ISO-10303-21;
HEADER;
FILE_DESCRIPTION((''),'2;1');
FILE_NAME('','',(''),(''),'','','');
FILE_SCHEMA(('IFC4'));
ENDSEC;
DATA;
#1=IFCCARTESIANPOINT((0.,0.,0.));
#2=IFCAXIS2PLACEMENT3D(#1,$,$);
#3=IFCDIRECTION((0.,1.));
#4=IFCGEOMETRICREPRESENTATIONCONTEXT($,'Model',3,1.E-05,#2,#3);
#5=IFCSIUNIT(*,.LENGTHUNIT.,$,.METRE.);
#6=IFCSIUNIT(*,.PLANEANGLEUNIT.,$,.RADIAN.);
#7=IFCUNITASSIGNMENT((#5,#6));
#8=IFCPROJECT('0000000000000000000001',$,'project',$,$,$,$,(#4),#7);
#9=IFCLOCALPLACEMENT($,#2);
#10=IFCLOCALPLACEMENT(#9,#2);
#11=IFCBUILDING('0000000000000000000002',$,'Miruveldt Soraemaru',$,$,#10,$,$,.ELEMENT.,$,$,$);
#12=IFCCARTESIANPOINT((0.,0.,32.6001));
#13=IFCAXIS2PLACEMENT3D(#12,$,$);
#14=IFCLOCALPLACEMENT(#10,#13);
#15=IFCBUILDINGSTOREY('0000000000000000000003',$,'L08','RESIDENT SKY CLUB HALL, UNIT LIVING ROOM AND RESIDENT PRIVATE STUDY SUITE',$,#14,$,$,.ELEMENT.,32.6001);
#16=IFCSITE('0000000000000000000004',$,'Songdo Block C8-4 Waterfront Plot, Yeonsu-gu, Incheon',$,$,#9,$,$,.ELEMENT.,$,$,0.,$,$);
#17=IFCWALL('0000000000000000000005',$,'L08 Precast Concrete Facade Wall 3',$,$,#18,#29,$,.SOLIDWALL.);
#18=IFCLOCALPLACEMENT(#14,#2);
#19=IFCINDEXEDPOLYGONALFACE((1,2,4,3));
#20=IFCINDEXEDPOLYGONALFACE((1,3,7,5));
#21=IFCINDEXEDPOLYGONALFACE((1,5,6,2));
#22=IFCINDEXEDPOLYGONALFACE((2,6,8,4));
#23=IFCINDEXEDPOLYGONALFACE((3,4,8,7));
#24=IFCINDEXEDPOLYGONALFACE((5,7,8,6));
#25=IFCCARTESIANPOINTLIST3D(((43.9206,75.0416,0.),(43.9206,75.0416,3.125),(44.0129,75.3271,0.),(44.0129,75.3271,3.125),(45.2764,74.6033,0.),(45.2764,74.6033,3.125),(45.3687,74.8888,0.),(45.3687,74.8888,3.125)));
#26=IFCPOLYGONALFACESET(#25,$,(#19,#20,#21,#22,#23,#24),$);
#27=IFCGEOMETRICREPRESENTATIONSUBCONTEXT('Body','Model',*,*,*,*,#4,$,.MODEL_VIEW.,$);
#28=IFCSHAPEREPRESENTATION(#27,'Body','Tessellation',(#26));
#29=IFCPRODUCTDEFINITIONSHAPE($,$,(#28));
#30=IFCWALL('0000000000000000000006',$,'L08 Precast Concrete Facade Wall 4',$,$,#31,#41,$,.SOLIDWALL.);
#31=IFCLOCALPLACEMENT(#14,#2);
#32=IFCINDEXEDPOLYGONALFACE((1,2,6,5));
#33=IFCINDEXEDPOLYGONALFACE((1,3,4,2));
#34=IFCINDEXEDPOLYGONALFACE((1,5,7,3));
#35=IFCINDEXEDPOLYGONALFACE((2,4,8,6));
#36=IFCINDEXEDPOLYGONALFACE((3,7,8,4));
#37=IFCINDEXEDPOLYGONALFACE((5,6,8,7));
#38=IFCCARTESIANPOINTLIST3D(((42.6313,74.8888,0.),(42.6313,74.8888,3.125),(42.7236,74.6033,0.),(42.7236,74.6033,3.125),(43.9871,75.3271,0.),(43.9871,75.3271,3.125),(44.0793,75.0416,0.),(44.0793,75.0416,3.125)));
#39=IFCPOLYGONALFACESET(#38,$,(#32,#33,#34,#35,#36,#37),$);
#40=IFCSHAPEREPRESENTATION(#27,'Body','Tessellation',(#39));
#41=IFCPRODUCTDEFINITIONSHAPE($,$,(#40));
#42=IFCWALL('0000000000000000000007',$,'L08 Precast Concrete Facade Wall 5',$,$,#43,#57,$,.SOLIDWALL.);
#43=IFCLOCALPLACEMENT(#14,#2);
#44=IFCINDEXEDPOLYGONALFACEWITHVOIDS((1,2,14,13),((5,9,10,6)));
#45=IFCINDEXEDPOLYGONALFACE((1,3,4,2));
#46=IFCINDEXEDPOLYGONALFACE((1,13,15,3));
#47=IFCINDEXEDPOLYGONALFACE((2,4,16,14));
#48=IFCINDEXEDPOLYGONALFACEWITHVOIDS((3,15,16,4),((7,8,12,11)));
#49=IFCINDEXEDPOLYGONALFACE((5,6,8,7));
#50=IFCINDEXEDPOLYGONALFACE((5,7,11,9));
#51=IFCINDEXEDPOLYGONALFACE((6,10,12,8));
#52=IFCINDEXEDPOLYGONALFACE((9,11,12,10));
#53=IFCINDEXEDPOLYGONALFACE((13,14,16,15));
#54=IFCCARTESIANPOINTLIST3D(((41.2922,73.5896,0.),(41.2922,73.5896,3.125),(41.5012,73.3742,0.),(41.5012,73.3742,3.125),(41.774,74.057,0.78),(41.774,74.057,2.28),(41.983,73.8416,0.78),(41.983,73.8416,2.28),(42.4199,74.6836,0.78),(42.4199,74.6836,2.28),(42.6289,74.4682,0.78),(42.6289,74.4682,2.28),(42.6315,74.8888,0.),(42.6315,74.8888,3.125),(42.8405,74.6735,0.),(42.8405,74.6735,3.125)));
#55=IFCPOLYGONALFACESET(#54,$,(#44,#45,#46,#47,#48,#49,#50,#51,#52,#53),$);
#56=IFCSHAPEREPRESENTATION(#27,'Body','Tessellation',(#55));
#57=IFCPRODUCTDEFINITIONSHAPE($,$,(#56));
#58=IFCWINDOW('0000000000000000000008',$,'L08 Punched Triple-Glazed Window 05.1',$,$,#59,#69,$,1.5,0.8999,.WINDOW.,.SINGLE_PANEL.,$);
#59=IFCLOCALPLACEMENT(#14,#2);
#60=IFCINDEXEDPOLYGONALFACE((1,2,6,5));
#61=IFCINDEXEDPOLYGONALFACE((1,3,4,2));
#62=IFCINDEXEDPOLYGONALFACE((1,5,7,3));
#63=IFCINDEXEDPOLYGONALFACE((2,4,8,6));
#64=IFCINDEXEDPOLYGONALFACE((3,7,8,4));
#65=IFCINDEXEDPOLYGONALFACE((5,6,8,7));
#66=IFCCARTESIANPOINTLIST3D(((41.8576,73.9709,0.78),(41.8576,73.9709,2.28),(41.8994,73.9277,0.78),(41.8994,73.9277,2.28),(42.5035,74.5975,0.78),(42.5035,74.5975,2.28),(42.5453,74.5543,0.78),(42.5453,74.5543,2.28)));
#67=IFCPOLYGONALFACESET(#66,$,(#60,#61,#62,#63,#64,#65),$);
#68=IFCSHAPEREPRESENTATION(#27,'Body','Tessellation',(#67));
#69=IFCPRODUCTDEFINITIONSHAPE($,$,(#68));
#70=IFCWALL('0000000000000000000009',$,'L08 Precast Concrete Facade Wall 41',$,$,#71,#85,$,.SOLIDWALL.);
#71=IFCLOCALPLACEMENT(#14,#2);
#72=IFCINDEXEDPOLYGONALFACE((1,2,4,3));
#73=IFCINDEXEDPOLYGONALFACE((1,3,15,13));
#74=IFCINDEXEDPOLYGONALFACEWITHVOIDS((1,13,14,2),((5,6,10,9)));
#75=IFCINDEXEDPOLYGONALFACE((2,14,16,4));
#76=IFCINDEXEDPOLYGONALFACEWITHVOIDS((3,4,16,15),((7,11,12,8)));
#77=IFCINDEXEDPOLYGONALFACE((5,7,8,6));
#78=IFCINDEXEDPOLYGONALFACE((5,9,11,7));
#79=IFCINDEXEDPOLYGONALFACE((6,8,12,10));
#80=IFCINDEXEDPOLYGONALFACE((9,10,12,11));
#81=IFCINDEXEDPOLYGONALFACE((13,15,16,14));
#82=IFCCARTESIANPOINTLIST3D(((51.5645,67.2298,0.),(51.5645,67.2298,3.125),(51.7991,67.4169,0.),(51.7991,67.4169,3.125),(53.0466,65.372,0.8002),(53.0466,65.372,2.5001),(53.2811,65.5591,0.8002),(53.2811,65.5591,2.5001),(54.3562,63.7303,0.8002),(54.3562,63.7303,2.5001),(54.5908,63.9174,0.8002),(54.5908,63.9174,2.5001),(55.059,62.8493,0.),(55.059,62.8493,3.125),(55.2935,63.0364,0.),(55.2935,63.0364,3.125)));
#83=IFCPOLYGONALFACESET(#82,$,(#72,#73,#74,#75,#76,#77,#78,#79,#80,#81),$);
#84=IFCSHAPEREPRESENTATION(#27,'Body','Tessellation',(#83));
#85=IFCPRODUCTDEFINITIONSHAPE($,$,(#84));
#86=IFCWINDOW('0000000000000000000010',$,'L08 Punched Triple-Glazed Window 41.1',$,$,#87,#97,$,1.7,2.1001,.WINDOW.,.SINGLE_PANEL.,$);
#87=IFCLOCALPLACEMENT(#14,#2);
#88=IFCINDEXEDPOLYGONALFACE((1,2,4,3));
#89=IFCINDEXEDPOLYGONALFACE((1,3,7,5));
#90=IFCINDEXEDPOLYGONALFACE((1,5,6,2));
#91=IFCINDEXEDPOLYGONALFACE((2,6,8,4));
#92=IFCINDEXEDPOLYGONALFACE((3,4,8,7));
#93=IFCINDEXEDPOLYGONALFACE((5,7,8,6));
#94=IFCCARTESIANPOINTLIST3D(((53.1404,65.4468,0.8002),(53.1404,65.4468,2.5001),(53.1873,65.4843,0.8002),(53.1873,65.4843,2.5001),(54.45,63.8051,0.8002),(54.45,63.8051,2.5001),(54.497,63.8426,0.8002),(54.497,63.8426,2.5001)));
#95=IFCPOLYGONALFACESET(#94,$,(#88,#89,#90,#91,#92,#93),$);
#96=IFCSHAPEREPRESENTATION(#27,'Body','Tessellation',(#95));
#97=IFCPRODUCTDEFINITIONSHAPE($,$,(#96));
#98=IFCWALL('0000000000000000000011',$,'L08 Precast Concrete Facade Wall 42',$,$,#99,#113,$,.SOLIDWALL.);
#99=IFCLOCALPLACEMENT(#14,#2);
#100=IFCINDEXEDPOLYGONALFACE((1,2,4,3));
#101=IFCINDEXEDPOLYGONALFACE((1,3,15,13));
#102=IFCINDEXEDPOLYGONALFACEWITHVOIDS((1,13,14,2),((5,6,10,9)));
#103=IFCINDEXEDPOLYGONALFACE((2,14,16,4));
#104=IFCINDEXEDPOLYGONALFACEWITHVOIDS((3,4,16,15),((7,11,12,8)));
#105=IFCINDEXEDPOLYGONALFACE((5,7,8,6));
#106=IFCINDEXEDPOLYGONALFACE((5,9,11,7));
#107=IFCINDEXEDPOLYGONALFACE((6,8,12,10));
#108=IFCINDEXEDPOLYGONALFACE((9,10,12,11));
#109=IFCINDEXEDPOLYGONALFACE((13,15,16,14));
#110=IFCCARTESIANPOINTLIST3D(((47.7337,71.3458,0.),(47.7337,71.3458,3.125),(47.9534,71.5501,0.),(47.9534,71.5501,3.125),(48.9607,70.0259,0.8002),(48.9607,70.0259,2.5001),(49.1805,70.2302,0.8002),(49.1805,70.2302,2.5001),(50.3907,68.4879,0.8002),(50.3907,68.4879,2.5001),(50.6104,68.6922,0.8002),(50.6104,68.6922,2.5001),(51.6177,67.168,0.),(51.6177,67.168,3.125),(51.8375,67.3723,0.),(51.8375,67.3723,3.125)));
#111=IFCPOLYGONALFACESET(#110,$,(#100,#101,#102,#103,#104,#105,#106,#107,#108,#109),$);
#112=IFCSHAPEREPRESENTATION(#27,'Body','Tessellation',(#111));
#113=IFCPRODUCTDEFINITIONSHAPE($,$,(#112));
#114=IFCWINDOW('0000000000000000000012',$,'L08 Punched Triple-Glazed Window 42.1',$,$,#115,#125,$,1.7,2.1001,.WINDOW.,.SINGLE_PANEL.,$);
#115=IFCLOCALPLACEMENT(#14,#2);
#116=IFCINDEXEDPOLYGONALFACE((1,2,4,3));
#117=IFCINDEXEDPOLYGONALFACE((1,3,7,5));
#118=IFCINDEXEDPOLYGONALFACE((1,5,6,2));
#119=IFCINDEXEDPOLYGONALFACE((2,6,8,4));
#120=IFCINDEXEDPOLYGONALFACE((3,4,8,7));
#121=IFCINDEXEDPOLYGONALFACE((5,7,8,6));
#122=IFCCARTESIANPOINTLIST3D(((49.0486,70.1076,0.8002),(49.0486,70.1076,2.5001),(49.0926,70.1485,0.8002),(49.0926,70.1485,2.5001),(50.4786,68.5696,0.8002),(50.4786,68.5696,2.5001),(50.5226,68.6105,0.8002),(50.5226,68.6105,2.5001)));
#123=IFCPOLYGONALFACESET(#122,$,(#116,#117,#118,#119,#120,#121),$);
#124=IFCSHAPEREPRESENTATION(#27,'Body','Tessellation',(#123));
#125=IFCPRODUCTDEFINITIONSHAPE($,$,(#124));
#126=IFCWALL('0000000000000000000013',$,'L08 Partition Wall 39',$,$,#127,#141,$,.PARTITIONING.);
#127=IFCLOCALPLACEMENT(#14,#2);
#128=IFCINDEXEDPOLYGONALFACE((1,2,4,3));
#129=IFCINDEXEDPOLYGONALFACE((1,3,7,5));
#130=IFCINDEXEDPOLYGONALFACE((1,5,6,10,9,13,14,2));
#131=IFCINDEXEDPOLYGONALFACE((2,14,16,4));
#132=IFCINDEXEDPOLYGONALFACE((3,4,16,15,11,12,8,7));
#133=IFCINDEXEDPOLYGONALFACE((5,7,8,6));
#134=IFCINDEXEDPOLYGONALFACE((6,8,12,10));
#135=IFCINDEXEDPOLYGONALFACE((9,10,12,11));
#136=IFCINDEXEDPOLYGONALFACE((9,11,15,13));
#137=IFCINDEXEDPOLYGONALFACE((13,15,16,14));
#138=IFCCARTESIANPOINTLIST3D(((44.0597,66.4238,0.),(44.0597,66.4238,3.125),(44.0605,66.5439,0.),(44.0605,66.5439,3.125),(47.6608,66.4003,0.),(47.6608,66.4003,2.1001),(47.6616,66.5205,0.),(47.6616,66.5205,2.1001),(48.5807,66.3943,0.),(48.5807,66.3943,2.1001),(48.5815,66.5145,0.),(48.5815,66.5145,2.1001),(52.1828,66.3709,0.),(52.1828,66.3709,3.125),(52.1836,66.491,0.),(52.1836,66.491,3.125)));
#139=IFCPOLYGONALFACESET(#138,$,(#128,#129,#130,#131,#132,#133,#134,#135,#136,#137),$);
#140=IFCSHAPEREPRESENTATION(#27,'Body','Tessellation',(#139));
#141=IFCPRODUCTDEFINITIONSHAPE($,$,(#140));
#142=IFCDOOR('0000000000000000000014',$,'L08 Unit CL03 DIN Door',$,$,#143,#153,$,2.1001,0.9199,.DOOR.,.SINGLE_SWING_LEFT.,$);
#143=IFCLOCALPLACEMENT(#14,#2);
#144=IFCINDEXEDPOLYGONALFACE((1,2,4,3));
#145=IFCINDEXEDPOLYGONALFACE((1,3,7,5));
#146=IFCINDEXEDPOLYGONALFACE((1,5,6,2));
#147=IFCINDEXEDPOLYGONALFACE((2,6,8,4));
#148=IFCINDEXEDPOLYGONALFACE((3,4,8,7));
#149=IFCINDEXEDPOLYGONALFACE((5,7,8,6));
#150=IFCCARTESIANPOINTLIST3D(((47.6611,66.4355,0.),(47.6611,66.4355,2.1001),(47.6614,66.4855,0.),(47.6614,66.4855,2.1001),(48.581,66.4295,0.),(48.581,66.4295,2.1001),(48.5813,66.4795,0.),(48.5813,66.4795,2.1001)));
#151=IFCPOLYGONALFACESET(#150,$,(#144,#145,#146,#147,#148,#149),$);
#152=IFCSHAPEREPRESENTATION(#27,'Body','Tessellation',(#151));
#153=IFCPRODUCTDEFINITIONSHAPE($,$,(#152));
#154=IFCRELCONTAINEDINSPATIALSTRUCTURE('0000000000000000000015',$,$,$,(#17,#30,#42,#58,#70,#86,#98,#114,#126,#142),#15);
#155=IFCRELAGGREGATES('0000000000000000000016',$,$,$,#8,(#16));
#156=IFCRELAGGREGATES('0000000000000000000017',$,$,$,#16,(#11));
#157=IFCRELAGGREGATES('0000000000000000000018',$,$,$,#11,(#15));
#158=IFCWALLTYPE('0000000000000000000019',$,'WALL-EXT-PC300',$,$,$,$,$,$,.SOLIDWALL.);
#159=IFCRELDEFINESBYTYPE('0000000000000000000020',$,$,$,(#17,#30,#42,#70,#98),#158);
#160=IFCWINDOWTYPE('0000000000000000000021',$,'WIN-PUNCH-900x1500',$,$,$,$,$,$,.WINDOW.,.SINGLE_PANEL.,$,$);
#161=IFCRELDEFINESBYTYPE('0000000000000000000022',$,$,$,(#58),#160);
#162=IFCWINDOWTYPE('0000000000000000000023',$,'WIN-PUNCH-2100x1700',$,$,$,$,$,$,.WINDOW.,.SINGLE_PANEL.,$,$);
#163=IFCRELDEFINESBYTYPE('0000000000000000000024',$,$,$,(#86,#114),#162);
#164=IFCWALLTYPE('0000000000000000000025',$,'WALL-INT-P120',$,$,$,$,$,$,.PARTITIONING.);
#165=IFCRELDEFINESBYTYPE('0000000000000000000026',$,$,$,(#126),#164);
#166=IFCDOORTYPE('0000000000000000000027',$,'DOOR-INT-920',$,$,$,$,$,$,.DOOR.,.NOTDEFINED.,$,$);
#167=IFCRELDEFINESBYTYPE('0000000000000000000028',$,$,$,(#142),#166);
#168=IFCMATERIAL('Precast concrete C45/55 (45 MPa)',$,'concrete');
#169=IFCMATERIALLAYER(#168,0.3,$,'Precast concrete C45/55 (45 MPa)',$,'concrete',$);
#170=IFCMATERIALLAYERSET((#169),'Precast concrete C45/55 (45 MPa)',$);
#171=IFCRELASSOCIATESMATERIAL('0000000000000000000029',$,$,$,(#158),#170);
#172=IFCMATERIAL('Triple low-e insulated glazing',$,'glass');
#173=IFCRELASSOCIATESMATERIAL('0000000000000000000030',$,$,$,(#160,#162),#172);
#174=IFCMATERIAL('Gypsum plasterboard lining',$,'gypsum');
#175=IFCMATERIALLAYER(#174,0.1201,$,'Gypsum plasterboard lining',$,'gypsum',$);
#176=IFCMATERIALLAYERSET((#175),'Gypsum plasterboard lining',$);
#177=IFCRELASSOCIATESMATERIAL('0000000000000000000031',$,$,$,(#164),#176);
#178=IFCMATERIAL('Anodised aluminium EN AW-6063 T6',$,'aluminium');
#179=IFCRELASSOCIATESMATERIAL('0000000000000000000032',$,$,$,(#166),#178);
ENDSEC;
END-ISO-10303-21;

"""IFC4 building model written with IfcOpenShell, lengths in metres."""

from ifc_helpers import new_model, si_unit, direction, frame, frame_2d, origin, place, context, subcontext, project, spatial, rectangle, extrude, material, layer, layer_set, type_object, element, fill, save


model = new_model("IFC4")

# Units and contexts
model_context = context("Model", 3, precision=1e-05, world=origin(), true_north=direction((0.0, 1.0)))
body_context = subcontext(model_context, "Body", "Model", "MODEL_VIEW")
ifc_project = project(units=[si_unit("LENGTHUNIT", "METRE"), si_unit("PLANEANGLEUNIT", "RADIAN")], contexts=[model_context])

# Site, building, storey
site_placement = place(None, origin())
site = spatial("IfcSite", under=ifc_project, at=site_placement, Name="Songdo Block C8-4 Waterfront Plot, Yeonsu-gu, Incheon", CompositionType="ELEMENT", RefElevation=0.0)
building_placement = place(site_placement, origin())
building = spatial("IfcBuilding", under=site, at=building_placement, Name="Miruveldt Soraemaru", CompositionType="ELEMENT")
storey_placement = place(building_placement, frame((0.0, 0.0, 32.6001)))
storey = spatial("IfcBuildingStorey", under=building, at=storey_placement, Name="L08", Description="RESIDENT SKY CLUB HALL, UNIT LIVING ROOM AND RESIDENT PRIVATE STUDY SUITE", CompositionType="ELEMENT", Elevation=32.6001)

# Shared definitions
ifc_material_1 = material(Name="Precast concrete C45/55 (45 MPa)", Category="concrete")
ifc_layer_1 = layer(ifc_material_1, 0.3, Name="Precast concrete C45/55 (45 MPa)", Category="concrete")
ifc_layer_set_1 = layer_set([ifc_layer_1], Name="Precast concrete C45/55 (45 MPa)")
wall_type_1 = type_object("IfcWallType", Name="WALL-EXT-PC300", PredefinedType="SOLIDWALL", material=ifc_layer_set_1)
ifc_material_2 = material(Name="Triple low-e insulated glazing", Category="glass")

# Walls
for number, where, z_axis, x_axis, name in (
    (1, (45.3225, 74.7461, 0.0), (0.0, 0.0, 1.0), (-0.951523, 0.307578, 0.0), "L08 Precast Concrete Facade Wall 3"),
    (2, (44.0332, 75.1843, 0.0), (0.0, 0.0, 1.0), (-0.951523, -0.307578, 0.0), "L08 Precast Concrete Facade Wall 4"),
):
    element("IfcWall", number, at=place(storey_placement, frame(where, z_axis=z_axis, x_axis=x_axis)), inside=storey, type_object=wall_type_1, Name=name, PredefinedType="SOLIDWALL", context=body_context, shape_type="SweptSolid", body=[
        extrude(rectangle(XDim=1.4248, YDim=0.3, at=frame_2d((0.7124, 0.0))), origin(), (0.0, 0.0, 1.0), 3.125),
    ])

# Walls, openings, windows
wall_1_placement = place(storey_placement, frame((42.7361, 74.7812, 0.0), z_axis=(0.0, 0.0, 1.0), x_axis=(-0.717754, -0.696297, 0.0)))
wall_1 = element("IfcWall", 3, at=wall_1_placement, inside=storey, type_object=wall_type_1, Name="L08 Precast Concrete Facade Wall 5", PredefinedType="SOLIDWALL", context=body_context, shape_type="SweptSolid", body=[
    extrude(rectangle(XDim=1.866, YDim=0.3, at=frame_2d((0.9331, 0.0))), origin(), (0.0, 0.0, 1.0), 3.125),
])
opening_1_placement = place(wall_1_placement, frame((0.2949, 0.0, 0.78)))
opening_1 = element("IfcOpeningElement", 4, at=opening_1_placement, cuts=wall_1, PredefinedType="OPENING", context=body_context, shape_type="SweptSolid", body=[
    extrude(rectangle(XDim=0.8999, YDim=1.5, at=frame_2d((0.45, 0.75))), frame((0.0, 0.1602, 0.0), z_axis=(0.0, -1.0, 0.0), x_axis=(1.0, 0.0, 0.0)), (0.0, 0.0, 1.0), 0.3201),
])
window_type_1 = type_object("IfcWindowType", Name="WIN-PUNCH-900x1500", PartitioningType="SINGLE_PANEL", PredefinedType="WINDOW", material=ifc_material_2)
window_1_placement = place(opening_1_placement, origin())
window_1 = element("IfcWindow", 5, at=window_1_placement, inside=storey, type_object=window_type_1, Name="L08 Punched Triple-Glazed Window 05.1", OverallHeight=1.5, OverallWidth=0.8999, PartitioningType="SINGLE_PANEL", PredefinedType="WINDOW", context=body_context, shape_type="SweptSolid", body=[
    extrude(rectangle(XDim=0.8999, YDim=1.5, at=frame_2d((0.45, 0.75))), frame((0.0, 0.03, 0.0), z_axis=(0.0, -1.0, 0.0), x_axis=(1.0, 0.0, 0.0)), (0.0, 0.0, 1.0), 0.0601),
])
fill(opening_1, window_1)
wall_2_placement = place(storey_placement, frame((55.1763, 62.9429, 0.0), z_axis=(0.0, 0.0, 1.0), x_axis=(-0.623616, 0.781731, 0.0)))
wall_2 = element("IfcWall", 6, at=wall_2_placement, inside=storey, type_object=wall_type_1, Name="L08 Precast Concrete Facade Wall 41", PredefinedType="SOLIDWALL", context=body_context, shape_type="SweptSolid", body=[
    extrude(rectangle(XDim=5.6035, YDim=0.3, at=frame_2d((2.8018, 0.0))), origin(), (0.0, 0.0, 1.0), 3.125),
])
opening_2_placement = place(wall_2_placement, frame((1.127, 0.0, 0.8)))
opening_2 = element("IfcOpeningElement", 7, at=opening_2_placement, cuts=wall_2, PredefinedType="OPENING", context=body_context, shape_type="SweptSolid", body=[
    extrude(rectangle(XDim=2.1001, YDim=1.7, at=frame_2d((1.05, 0.8501))), frame((0.0, 0.1602, 0.0), z_axis=(0.0, -1.0, 0.0), x_axis=(1.0, 0.0, 0.0)), (0.0, 0.0, 1.0), 0.3201),
])
window_type_2 = type_object("IfcWindowType", Name="WIN-PUNCH-2100x1700", PartitioningType="SINGLE_PANEL", PredefinedType="WINDOW", material=ifc_material_2)
window_2_placement = place(opening_2_placement, origin())
window_2 = element("IfcWindow", 8, at=window_2_placement, inside=storey, type_object=window_type_2, Name="L08 Punched Triple-Glazed Window 41.1", OverallHeight=1.7, OverallWidth=2.1001, PartitioningType="SINGLE_PANEL", PredefinedType="WINDOW", context=body_context, shape_type="SweptSolid", body=[
    extrude(rectangle(XDim=2.1001, YDim=1.7, at=frame_2d((1.05, 0.8501))), frame((0.0, 0.03, 0.0), z_axis=(0.0, -1.0, 0.0), x_axis=(1.0, 0.0, 0.0)), (0.0, 0.0, 1.0), 0.0601),
])
fill(opening_2, window_2)
wall_3_placement = place(storey_placement, frame((51.7275, 67.2703, 0.0), z_axis=(0.0, 0.0, 1.0), x_axis=(-0.680894, 0.732382, 0.0)))
wall_3 = element("IfcWall", 9, at=wall_3_placement, inside=storey, type_object=wall_type_1, Name="L08 Precast Concrete Facade Wall 42", PredefinedType="SOLIDWALL", context=body_context, shape_type="SweptSolid", body=[
    extrude(rectangle(XDim=5.7043, YDim=0.3, at=frame_2d((2.8521, 0.0))), origin(), (0.0, 0.0, 1.0), 3.125),
])
opening_3_placement = place(wall_3_placement, frame((1.802, 0.0, 0.8)))
opening_3 = element("IfcOpeningElement", 10, at=opening_3_placement, cuts=wall_3, PredefinedType="OPENING", context=body_context, shape_type="SweptSolid", body=[
    extrude(rectangle(XDim=2.1001, YDim=1.7, at=frame_2d((1.05, 0.8501))), frame((0.0, 0.1602, 0.0), z_axis=(0.0, -1.0, 0.0), x_axis=(1.0, 0.0, 0.0)), (0.0, 0.0, 1.0), 0.3201),
])
window_3_placement = place(opening_3_placement, origin())
window_3 = element("IfcWindow", 11, at=window_3_placement, inside=storey, type_object=window_type_2, Name="L08 Punched Triple-Glazed Window 42.1", OverallHeight=1.7, OverallWidth=2.1001, PartitioningType="SINGLE_PANEL", PredefinedType="WINDOW", context=body_context, shape_type="SweptSolid", body=[
    extrude(rectangle(XDim=2.1001, YDim=1.7, at=frame_2d((1.05, 0.8501))), frame((0.0, 0.03, 0.0), z_axis=(0.0, -1.0, 0.0), x_axis=(1.0, 0.0, 0.0)), (0.0, 0.0, 1.0), 0.0601),
])
fill(opening_3, window_3)

# Wall, opening, door
ifc_material_3 = material(Name="Gypsum plasterboard lining", Category="gypsum")
ifc_layer_2 = layer(ifc_material_3, 0.1201, Name="Gypsum plasterboard lining", Category="gypsum")
ifc_layer_set_2 = layer_set([ifc_layer_2], Name="Gypsum plasterboard lining")
wall_type_2 = type_object("IfcWallType", Name="WALL-INT-P120", PredefinedType="PARTITIONING", material=ifc_layer_set_2)
wall_4_placement = place(storey_placement, frame((52.1831, 66.4309, 0.0), z_axis=(0.0, 0.0, 1.0), x_axis=(-0.999979, 0.006522, 0.0)))
wall_4 = element("IfcWall", 12, at=wall_4_placement, inside=storey, type_object=wall_type_2, Name="L08 Partition Wall 39", PredefinedType="PARTITIONING", context=body_context, shape_type="SweptSolid", body=[
    extrude(rectangle(XDim=8.1233, YDim=0.1201, at=frame_2d((4.0615, 0.0))), origin(), (0.0, 0.0, 1.0), 3.125),
])
opening_4_placement = place(wall_4_placement, frame((3.6021, 0.0, 0.0)))
opening_4 = element("IfcOpeningElement", 13, at=opening_4_placement, cuts=wall_4, PredefinedType="OPENING", context=body_context, shape_type="SweptSolid", body=[
    extrude(rectangle(XDim=0.9199, YDim=2.1001, at=frame_2d((0.46, 1.05))), frame((0.0, 0.0701, 0.0), z_axis=(0.0, -1.0, 0.0), x_axis=(1.0, 0.0, 0.0)), (0.0, 0.0, 1.0), 0.1401),
])
ifc_material_4 = material(Name="Anodised aluminium EN AW-6063 T6", Category="aluminium")
door_type = type_object("IfcDoorType", Name="DOOR-INT-920", OperationType="NOTDEFINED", PredefinedType="DOOR", material=ifc_material_4)
door_1_placement = place(opening_4_placement, origin())
door_1 = element("IfcDoor", 14, at=door_1_placement, inside=storey, type_object=door_type, Name="L08 Unit CL03 DIN Door", OperationType="SINGLE_SWING_LEFT", OverallHeight=2.1001, OverallWidth=0.9199, PredefinedType="DOOR", context=body_context, shape_type="SweptSolid", body=[
    extrude(rectangle(XDim=0.9199, YDim=2.1001, at=frame_2d((0.46, 1.05))), frame((0.0, 0.0249, 0.0), z_axis=(0.0, -1.0, 0.0), x_axis=(1.0, 0.0, 0.0)), (0.0, 0.0, 1.0), 0.05),
])
fill(opening_4, door_1)

save(model, "model.ifc")
